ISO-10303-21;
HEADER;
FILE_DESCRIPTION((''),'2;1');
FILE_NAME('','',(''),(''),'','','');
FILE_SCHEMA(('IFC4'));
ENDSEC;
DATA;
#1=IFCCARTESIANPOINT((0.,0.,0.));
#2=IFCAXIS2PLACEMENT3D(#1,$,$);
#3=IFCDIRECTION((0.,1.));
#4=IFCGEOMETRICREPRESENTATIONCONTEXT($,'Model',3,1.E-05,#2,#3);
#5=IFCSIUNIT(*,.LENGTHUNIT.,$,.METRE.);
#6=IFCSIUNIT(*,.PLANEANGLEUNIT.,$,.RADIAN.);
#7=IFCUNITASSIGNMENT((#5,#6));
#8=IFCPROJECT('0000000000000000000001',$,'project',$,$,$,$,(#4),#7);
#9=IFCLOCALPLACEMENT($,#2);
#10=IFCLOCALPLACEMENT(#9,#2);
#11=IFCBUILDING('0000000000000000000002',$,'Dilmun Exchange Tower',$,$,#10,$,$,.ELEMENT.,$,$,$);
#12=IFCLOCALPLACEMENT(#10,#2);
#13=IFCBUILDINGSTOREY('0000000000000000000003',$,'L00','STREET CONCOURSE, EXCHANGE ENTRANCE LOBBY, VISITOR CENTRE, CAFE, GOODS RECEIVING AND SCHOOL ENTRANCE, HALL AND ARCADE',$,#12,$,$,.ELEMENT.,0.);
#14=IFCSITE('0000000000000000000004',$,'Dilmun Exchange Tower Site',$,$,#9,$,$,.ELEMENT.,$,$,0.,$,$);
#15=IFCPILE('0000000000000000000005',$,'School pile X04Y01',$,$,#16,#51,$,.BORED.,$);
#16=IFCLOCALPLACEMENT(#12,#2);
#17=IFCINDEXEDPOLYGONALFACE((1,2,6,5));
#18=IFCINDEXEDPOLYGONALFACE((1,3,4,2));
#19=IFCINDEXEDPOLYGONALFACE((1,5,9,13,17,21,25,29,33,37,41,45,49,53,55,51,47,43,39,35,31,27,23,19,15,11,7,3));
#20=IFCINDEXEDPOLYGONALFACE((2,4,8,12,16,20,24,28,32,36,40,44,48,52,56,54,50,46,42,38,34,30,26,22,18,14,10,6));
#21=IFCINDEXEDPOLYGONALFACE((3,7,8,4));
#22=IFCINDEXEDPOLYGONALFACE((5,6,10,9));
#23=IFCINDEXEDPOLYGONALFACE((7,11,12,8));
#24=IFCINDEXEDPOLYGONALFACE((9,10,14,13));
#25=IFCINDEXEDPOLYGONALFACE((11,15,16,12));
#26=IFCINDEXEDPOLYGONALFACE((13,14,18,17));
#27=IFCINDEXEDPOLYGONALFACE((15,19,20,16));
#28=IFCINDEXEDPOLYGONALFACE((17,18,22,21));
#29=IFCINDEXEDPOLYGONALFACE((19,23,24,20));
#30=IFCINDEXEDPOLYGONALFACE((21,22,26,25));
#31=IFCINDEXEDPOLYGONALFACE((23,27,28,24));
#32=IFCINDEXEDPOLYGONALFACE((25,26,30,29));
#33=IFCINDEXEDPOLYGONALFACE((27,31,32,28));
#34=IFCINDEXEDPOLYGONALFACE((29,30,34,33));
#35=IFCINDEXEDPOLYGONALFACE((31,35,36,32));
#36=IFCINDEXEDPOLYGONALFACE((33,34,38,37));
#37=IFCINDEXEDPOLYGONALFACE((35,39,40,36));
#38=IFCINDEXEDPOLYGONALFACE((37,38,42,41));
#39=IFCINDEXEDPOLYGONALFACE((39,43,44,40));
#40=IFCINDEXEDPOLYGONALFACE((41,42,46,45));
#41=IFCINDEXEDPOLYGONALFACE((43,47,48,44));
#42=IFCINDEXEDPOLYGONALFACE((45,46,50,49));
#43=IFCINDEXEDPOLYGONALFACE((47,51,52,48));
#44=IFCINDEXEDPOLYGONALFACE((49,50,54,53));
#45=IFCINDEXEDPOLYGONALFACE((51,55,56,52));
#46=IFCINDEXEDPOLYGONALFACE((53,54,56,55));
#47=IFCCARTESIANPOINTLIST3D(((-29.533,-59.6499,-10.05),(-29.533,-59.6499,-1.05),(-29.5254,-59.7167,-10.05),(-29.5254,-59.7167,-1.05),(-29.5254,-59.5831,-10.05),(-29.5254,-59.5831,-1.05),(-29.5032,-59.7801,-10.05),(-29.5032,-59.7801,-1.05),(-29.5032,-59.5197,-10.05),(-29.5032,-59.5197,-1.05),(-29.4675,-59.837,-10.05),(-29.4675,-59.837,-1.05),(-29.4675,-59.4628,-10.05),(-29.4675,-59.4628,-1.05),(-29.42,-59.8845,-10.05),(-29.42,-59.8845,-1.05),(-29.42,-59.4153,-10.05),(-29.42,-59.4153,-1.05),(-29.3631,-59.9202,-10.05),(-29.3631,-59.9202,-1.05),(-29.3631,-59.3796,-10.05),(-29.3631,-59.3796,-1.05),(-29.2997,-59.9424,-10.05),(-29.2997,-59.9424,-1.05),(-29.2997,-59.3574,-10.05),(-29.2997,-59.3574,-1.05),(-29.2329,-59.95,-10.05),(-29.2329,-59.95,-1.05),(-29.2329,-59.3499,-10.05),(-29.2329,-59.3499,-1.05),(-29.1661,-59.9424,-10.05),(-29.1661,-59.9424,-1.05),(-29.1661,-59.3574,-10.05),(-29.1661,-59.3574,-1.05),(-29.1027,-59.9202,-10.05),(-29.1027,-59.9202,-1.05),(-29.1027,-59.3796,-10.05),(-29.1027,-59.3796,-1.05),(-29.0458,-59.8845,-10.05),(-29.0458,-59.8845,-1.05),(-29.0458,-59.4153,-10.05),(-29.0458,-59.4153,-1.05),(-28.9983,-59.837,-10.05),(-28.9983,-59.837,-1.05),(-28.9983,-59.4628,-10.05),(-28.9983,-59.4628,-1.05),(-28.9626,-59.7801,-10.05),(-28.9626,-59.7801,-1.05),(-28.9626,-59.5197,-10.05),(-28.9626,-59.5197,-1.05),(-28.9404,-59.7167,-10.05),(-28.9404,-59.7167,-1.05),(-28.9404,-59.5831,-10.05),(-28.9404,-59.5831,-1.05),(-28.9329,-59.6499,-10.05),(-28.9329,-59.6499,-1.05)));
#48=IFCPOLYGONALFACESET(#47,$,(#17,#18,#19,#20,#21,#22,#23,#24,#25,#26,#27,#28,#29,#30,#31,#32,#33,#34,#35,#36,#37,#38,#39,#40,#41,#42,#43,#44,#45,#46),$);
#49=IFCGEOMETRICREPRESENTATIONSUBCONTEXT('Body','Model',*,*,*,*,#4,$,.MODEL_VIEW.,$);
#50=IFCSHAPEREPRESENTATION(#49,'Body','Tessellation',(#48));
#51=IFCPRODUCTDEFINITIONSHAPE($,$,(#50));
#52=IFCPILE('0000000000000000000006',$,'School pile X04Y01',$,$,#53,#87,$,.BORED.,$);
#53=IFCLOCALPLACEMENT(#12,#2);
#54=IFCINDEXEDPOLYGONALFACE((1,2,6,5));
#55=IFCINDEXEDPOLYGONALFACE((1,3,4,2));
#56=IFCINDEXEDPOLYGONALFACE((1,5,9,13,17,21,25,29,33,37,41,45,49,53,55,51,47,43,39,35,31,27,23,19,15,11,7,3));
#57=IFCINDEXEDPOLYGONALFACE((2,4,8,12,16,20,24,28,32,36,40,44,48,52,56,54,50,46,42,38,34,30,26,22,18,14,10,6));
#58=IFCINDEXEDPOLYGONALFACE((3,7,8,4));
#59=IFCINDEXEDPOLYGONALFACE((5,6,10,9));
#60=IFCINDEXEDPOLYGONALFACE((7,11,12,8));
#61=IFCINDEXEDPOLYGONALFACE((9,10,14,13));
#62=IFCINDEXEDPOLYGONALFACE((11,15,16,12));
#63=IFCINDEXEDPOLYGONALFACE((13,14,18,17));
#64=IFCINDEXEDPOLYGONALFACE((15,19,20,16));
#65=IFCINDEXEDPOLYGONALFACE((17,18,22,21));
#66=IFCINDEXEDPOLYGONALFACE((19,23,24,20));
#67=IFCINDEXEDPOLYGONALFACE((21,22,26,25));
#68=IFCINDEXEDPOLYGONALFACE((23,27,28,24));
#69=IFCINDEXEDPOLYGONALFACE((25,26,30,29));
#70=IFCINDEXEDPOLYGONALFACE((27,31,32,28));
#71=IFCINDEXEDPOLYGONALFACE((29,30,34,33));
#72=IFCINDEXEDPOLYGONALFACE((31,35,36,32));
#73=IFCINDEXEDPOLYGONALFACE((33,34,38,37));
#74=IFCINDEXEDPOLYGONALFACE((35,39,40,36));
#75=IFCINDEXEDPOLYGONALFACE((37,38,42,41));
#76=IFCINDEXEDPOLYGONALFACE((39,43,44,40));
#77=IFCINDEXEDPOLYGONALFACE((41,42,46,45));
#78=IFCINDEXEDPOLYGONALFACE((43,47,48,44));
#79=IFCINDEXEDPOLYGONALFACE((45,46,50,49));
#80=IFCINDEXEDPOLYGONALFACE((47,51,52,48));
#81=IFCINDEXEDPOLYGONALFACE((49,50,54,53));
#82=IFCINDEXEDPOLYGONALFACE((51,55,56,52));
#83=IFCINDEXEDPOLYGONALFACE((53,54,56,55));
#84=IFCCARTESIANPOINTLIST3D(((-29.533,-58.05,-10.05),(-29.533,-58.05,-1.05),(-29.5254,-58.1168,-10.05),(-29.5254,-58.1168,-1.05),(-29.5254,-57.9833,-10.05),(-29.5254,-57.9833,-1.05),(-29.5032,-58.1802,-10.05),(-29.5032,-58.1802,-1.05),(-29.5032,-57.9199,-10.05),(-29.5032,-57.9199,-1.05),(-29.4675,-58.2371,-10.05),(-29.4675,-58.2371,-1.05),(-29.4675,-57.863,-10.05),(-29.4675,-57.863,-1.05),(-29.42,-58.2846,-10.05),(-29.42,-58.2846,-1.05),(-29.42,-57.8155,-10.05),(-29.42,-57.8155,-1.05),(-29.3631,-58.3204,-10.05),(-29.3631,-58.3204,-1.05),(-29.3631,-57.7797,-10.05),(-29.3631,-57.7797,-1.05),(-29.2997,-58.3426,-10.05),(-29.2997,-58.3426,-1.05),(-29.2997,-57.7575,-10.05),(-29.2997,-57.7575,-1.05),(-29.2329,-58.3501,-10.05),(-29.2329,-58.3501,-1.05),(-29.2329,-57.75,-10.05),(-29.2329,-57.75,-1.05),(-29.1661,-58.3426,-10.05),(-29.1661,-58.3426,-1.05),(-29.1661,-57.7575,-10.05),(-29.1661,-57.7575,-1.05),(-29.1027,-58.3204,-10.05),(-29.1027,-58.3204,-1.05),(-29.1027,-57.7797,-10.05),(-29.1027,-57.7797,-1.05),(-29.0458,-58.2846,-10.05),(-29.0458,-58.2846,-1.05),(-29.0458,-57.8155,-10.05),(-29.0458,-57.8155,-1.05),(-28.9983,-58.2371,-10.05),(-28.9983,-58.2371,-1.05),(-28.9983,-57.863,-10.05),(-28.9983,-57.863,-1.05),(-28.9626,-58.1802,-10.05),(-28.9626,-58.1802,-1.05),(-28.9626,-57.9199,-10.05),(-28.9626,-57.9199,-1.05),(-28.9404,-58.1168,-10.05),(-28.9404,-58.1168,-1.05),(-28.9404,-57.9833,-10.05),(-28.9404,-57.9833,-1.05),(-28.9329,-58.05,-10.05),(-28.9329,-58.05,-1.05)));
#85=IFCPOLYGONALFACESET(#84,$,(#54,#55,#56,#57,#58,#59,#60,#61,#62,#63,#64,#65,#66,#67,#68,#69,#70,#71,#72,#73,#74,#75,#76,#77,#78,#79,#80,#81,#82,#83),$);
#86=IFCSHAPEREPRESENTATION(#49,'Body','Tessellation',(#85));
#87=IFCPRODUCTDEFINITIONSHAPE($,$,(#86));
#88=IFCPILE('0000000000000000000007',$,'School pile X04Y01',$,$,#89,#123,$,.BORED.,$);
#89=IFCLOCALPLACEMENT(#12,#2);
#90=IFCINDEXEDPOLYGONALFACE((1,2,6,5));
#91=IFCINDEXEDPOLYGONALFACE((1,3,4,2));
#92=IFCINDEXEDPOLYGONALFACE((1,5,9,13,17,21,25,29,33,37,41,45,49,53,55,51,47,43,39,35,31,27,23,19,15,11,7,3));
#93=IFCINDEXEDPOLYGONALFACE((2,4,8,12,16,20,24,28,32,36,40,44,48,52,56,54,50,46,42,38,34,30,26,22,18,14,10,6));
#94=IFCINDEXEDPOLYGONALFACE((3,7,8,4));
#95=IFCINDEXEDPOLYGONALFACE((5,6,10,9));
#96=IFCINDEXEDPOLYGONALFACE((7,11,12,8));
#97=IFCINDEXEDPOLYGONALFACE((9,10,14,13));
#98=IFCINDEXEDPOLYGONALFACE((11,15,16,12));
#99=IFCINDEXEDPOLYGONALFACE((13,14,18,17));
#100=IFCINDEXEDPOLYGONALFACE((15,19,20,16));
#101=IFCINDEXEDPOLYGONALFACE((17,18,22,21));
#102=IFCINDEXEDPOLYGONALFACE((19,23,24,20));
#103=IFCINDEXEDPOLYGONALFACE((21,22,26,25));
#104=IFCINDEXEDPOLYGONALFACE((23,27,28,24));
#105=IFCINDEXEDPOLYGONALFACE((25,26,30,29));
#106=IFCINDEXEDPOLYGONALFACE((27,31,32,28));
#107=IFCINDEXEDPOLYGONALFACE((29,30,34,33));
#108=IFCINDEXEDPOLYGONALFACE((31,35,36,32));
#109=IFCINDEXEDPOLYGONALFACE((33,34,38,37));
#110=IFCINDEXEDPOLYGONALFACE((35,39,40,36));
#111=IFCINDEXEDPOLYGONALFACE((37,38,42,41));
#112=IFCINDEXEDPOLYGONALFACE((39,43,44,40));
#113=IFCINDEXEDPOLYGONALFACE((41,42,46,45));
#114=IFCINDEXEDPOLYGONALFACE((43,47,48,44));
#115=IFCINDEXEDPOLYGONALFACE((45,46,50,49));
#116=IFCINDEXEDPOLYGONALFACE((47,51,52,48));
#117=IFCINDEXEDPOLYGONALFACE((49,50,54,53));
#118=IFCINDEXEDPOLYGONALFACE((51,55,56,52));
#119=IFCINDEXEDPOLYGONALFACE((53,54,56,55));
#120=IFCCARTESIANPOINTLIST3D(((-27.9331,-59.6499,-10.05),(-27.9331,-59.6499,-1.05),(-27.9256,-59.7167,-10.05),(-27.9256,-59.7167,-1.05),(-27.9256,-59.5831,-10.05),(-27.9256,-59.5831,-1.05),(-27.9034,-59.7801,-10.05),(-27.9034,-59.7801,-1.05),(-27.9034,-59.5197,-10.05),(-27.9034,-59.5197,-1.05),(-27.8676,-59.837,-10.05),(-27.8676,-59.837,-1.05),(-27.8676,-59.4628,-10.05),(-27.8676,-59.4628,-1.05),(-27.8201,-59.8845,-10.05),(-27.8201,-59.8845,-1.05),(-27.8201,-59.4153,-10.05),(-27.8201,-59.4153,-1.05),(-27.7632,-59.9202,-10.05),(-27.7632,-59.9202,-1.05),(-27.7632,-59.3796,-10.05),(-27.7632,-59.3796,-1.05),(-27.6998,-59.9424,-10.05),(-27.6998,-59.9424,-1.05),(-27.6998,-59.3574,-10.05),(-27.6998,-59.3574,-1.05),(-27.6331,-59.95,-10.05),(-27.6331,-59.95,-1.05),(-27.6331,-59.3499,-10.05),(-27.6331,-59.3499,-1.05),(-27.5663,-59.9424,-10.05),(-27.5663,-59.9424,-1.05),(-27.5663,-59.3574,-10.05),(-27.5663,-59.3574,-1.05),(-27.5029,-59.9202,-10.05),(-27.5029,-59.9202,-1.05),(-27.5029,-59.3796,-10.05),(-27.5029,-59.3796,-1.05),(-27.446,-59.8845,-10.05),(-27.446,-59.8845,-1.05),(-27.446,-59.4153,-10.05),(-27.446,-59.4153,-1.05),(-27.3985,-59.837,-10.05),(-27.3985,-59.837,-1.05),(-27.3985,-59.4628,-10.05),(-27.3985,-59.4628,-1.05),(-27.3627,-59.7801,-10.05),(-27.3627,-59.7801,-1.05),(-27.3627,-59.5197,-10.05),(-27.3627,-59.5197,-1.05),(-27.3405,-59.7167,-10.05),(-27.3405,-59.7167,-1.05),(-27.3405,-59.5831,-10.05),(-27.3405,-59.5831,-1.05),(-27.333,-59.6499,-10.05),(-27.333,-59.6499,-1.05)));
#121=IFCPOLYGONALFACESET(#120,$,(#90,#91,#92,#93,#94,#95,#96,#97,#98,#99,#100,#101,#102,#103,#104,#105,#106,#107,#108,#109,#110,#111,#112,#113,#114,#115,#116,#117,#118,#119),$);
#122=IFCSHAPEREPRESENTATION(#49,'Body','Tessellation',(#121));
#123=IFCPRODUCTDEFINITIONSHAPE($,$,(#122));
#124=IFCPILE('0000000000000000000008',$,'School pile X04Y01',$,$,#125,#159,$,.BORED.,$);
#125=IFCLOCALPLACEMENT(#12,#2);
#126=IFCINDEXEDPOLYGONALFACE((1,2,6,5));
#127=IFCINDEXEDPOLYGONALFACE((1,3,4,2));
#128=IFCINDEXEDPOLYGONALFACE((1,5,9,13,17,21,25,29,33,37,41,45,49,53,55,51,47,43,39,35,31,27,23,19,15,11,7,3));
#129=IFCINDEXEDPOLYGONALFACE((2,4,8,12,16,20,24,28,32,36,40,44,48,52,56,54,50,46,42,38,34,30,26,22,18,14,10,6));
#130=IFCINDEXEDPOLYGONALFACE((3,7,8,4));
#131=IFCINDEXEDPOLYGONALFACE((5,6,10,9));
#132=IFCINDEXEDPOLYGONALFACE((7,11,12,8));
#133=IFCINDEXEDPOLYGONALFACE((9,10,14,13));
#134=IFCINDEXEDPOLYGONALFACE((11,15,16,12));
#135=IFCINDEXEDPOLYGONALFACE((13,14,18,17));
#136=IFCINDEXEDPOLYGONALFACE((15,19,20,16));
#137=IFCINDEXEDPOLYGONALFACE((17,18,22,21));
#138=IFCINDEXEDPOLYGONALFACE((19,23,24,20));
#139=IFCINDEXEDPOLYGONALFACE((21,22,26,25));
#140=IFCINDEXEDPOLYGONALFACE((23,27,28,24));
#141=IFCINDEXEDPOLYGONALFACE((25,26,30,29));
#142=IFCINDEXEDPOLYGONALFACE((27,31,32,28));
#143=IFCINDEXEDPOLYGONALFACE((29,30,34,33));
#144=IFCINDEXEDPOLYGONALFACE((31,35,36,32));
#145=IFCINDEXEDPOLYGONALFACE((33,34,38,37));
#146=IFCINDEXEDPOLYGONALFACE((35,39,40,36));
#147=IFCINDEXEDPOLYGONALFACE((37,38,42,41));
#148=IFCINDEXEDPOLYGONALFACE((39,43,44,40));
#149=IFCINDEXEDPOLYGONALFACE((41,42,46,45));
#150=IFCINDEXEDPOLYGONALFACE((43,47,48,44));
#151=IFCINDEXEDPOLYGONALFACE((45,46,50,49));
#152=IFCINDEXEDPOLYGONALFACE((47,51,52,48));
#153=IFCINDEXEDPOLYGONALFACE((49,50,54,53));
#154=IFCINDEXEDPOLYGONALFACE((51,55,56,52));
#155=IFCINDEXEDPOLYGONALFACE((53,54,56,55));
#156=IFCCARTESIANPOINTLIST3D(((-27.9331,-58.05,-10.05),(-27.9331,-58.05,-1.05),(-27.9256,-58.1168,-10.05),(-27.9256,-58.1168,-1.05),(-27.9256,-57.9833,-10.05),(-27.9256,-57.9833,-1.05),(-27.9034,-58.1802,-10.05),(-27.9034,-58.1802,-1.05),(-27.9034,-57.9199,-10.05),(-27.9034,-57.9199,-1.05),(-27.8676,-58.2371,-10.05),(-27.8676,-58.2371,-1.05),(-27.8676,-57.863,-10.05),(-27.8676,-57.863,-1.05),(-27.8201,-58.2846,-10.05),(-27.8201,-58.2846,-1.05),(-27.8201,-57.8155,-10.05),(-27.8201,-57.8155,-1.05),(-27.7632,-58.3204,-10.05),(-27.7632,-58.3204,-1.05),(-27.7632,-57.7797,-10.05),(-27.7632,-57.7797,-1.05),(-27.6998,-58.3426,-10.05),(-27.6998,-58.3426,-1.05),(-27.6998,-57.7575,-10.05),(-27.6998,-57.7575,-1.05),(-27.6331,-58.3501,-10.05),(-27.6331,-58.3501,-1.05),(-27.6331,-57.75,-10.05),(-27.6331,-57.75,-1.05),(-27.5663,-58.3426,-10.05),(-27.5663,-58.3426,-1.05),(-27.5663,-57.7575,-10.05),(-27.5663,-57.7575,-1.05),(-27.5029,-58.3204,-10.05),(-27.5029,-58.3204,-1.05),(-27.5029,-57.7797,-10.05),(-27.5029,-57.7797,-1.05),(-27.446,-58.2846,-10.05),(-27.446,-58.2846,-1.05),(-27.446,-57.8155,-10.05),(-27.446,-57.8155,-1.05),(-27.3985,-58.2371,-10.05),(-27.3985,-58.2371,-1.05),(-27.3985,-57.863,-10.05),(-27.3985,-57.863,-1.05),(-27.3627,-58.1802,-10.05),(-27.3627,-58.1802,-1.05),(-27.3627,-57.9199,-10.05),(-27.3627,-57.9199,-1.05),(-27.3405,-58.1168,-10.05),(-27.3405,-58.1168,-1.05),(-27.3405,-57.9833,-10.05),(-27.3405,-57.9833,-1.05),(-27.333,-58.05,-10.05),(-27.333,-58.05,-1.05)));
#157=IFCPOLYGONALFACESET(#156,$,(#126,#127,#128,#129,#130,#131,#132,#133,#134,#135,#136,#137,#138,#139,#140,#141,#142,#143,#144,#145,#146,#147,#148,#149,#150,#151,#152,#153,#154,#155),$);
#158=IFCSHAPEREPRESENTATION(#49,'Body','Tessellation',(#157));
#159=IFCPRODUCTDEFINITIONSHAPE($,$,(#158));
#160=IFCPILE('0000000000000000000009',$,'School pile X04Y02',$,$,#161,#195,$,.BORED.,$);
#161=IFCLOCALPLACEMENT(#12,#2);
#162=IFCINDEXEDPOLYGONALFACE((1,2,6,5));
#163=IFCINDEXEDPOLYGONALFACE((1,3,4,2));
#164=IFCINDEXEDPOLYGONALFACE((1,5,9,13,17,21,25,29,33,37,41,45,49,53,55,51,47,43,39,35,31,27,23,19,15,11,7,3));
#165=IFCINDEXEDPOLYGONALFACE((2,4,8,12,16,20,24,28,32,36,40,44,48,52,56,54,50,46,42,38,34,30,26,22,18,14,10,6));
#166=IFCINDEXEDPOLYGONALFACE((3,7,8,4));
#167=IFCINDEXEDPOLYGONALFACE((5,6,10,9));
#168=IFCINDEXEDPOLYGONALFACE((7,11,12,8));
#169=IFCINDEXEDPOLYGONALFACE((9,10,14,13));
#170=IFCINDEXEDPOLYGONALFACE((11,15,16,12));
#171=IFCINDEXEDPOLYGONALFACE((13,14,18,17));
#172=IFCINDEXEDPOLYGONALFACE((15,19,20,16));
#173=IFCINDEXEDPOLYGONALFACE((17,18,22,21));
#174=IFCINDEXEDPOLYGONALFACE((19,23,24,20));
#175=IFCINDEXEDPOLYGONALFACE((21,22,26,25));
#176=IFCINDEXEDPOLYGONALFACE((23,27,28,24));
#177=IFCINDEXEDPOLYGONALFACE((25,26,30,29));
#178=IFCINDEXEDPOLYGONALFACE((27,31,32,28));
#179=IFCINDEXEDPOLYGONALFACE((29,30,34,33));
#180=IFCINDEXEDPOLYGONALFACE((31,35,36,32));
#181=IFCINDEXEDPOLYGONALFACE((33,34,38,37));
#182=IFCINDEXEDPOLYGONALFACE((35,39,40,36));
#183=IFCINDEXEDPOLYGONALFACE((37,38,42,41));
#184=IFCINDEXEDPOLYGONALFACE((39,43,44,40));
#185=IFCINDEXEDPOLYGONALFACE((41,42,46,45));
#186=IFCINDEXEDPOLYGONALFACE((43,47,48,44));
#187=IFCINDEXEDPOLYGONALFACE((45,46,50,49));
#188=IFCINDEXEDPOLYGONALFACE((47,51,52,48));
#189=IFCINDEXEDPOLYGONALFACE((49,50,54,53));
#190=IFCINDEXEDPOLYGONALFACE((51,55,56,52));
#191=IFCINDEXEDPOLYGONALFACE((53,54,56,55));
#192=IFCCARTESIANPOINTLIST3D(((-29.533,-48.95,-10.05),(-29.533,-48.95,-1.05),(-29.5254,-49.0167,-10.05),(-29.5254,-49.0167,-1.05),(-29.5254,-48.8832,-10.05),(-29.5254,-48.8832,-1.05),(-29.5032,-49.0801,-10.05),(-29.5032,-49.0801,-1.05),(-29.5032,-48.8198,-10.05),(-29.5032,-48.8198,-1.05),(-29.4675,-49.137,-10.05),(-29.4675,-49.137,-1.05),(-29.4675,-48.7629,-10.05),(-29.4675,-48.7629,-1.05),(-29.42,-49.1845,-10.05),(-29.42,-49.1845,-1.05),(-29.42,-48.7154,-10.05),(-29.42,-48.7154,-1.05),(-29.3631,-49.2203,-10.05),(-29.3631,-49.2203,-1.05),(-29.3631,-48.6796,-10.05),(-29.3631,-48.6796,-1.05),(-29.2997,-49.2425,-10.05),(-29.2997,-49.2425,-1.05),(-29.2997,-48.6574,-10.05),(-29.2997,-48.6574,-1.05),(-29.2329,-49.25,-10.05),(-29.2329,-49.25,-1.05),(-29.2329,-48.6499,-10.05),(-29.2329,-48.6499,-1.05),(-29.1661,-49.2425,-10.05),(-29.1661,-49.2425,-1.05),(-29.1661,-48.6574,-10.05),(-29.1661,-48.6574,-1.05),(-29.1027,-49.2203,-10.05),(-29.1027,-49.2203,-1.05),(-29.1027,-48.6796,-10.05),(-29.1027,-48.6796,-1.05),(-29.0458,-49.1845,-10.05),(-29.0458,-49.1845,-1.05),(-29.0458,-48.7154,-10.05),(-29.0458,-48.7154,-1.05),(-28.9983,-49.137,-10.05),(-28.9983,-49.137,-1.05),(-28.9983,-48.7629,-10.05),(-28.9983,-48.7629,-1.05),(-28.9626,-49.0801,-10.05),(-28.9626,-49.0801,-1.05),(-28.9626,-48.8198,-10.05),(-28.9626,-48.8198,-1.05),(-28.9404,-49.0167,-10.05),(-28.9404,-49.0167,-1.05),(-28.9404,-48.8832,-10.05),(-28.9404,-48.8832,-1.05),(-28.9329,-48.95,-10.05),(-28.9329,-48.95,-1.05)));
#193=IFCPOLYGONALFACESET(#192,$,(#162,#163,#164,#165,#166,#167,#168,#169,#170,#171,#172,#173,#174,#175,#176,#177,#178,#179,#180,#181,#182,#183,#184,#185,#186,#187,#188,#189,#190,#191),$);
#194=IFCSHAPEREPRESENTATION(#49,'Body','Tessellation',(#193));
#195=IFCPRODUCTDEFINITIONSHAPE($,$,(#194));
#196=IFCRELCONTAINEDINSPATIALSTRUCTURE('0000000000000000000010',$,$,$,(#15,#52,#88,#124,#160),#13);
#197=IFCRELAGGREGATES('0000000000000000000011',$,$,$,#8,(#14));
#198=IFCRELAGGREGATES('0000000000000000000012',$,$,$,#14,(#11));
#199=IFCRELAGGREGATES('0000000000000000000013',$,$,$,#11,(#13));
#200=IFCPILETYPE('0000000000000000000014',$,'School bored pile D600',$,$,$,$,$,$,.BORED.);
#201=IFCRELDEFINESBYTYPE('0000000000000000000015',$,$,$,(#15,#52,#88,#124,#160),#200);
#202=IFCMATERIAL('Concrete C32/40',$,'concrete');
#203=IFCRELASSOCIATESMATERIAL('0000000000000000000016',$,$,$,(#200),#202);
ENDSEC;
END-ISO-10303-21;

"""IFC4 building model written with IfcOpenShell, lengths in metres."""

from ifc_helpers import new_model, si_unit, direction, frame, origin, origin_2d, place, context, subcontext, project, spatial, circle, extrude, material, material_profile, profile_set, type_object, element, save


model = new_model("IFC4")

# Units and contexts
model_context = context("Model", 3, precision=1e-05, world=origin(), true_north=direction((0.0, 1.0)))
body_context = subcontext(model_context, "Body", "Model", "MODEL_VIEW")
ifc_project = project(units=[si_unit("LENGTHUNIT", "METRE"), si_unit("PLANEANGLEUNIT", "RADIAN")], contexts=[model_context])

# Site, building, storey
site_placement = place(None, origin())
site = spatial("IfcSite", under=ifc_project, at=site_placement, Name="Dilmun Exchange Tower Site", CompositionType="ELEMENT", RefElevation=0.0)
building_placement = place(site_placement, origin())
building = spatial("IfcBuilding", under=site, at=building_placement, Name="Dilmun Exchange Tower", CompositionType="ELEMENT")
storey_placement = place(building_placement, origin())
storey = spatial("IfcBuildingStorey", under=building, at=storey_placement, Name="L00", Description="STREET CONCOURSE, EXCHANGE ENTRANCE LOBBY, VISITOR CENTRE, CAFE, GOODS RECEIVING AND SCHOOL ENTRANCE, HALL AND ARCADE", CompositionType="ELEMENT", Elevation=0.0)

# Piles
ifc_material_1 = material(Name="Concrete C32/40", Category="concrete")
ifc_material_profile_1 = material_profile(ifc_material_1, circle(Radius=0.3, at=origin_2d()), Name="D600")
ifc_profile_set_1 = profile_set([ifc_material_profile_1], Name="Concrete C32/40")
pile_type = type_object("IfcPileType", Name="School bored pile D600", PredefinedType="BORED", material=ifc_profile_set_1)
for number, where, z_axis, x_axis, name in (
    (1, (-29.2329, -59.6499, -1.05), (0.0, 0.0, -1.0), (1.0, 0.0, 0.0), "School pile X04Y01"),
    (2, (-29.2329, -58.05, -1.05), (0.0, 0.0, -1.0), (1.0, 0.0, 0.0), "School pile X04Y01"),
    (3, (-27.6331, -59.6499, -1.05), (0.0, 0.0, -1.0), (1.0, 0.0, 0.0), "School pile X04Y01"),
    (4, (-27.6331, -58.05, -1.05), (0.0, 0.0, -1.0), (1.0, 0.0, 0.0), "School pile X04Y01"),
    (5, (-29.2329, -48.95, -1.05), (0.0, 0.0, -1.0), (1.0, 0.0, 0.0), "School pile X04Y02"),
):
    element("IfcPile", number, at=place(storey_placement, frame(where, z_axis=z_axis, x_axis=x_axis)), inside=storey, type_object=pile_type, Name=name, PredefinedType="BORED", context=body_context, shape_type="SweptSolid", body=[
        extrude(circle(Radius=0.3, at=origin_2d()), origin(), (0.0, 0.0, 1.0), 9.0),
    ])

save(model, "model.ifc")
